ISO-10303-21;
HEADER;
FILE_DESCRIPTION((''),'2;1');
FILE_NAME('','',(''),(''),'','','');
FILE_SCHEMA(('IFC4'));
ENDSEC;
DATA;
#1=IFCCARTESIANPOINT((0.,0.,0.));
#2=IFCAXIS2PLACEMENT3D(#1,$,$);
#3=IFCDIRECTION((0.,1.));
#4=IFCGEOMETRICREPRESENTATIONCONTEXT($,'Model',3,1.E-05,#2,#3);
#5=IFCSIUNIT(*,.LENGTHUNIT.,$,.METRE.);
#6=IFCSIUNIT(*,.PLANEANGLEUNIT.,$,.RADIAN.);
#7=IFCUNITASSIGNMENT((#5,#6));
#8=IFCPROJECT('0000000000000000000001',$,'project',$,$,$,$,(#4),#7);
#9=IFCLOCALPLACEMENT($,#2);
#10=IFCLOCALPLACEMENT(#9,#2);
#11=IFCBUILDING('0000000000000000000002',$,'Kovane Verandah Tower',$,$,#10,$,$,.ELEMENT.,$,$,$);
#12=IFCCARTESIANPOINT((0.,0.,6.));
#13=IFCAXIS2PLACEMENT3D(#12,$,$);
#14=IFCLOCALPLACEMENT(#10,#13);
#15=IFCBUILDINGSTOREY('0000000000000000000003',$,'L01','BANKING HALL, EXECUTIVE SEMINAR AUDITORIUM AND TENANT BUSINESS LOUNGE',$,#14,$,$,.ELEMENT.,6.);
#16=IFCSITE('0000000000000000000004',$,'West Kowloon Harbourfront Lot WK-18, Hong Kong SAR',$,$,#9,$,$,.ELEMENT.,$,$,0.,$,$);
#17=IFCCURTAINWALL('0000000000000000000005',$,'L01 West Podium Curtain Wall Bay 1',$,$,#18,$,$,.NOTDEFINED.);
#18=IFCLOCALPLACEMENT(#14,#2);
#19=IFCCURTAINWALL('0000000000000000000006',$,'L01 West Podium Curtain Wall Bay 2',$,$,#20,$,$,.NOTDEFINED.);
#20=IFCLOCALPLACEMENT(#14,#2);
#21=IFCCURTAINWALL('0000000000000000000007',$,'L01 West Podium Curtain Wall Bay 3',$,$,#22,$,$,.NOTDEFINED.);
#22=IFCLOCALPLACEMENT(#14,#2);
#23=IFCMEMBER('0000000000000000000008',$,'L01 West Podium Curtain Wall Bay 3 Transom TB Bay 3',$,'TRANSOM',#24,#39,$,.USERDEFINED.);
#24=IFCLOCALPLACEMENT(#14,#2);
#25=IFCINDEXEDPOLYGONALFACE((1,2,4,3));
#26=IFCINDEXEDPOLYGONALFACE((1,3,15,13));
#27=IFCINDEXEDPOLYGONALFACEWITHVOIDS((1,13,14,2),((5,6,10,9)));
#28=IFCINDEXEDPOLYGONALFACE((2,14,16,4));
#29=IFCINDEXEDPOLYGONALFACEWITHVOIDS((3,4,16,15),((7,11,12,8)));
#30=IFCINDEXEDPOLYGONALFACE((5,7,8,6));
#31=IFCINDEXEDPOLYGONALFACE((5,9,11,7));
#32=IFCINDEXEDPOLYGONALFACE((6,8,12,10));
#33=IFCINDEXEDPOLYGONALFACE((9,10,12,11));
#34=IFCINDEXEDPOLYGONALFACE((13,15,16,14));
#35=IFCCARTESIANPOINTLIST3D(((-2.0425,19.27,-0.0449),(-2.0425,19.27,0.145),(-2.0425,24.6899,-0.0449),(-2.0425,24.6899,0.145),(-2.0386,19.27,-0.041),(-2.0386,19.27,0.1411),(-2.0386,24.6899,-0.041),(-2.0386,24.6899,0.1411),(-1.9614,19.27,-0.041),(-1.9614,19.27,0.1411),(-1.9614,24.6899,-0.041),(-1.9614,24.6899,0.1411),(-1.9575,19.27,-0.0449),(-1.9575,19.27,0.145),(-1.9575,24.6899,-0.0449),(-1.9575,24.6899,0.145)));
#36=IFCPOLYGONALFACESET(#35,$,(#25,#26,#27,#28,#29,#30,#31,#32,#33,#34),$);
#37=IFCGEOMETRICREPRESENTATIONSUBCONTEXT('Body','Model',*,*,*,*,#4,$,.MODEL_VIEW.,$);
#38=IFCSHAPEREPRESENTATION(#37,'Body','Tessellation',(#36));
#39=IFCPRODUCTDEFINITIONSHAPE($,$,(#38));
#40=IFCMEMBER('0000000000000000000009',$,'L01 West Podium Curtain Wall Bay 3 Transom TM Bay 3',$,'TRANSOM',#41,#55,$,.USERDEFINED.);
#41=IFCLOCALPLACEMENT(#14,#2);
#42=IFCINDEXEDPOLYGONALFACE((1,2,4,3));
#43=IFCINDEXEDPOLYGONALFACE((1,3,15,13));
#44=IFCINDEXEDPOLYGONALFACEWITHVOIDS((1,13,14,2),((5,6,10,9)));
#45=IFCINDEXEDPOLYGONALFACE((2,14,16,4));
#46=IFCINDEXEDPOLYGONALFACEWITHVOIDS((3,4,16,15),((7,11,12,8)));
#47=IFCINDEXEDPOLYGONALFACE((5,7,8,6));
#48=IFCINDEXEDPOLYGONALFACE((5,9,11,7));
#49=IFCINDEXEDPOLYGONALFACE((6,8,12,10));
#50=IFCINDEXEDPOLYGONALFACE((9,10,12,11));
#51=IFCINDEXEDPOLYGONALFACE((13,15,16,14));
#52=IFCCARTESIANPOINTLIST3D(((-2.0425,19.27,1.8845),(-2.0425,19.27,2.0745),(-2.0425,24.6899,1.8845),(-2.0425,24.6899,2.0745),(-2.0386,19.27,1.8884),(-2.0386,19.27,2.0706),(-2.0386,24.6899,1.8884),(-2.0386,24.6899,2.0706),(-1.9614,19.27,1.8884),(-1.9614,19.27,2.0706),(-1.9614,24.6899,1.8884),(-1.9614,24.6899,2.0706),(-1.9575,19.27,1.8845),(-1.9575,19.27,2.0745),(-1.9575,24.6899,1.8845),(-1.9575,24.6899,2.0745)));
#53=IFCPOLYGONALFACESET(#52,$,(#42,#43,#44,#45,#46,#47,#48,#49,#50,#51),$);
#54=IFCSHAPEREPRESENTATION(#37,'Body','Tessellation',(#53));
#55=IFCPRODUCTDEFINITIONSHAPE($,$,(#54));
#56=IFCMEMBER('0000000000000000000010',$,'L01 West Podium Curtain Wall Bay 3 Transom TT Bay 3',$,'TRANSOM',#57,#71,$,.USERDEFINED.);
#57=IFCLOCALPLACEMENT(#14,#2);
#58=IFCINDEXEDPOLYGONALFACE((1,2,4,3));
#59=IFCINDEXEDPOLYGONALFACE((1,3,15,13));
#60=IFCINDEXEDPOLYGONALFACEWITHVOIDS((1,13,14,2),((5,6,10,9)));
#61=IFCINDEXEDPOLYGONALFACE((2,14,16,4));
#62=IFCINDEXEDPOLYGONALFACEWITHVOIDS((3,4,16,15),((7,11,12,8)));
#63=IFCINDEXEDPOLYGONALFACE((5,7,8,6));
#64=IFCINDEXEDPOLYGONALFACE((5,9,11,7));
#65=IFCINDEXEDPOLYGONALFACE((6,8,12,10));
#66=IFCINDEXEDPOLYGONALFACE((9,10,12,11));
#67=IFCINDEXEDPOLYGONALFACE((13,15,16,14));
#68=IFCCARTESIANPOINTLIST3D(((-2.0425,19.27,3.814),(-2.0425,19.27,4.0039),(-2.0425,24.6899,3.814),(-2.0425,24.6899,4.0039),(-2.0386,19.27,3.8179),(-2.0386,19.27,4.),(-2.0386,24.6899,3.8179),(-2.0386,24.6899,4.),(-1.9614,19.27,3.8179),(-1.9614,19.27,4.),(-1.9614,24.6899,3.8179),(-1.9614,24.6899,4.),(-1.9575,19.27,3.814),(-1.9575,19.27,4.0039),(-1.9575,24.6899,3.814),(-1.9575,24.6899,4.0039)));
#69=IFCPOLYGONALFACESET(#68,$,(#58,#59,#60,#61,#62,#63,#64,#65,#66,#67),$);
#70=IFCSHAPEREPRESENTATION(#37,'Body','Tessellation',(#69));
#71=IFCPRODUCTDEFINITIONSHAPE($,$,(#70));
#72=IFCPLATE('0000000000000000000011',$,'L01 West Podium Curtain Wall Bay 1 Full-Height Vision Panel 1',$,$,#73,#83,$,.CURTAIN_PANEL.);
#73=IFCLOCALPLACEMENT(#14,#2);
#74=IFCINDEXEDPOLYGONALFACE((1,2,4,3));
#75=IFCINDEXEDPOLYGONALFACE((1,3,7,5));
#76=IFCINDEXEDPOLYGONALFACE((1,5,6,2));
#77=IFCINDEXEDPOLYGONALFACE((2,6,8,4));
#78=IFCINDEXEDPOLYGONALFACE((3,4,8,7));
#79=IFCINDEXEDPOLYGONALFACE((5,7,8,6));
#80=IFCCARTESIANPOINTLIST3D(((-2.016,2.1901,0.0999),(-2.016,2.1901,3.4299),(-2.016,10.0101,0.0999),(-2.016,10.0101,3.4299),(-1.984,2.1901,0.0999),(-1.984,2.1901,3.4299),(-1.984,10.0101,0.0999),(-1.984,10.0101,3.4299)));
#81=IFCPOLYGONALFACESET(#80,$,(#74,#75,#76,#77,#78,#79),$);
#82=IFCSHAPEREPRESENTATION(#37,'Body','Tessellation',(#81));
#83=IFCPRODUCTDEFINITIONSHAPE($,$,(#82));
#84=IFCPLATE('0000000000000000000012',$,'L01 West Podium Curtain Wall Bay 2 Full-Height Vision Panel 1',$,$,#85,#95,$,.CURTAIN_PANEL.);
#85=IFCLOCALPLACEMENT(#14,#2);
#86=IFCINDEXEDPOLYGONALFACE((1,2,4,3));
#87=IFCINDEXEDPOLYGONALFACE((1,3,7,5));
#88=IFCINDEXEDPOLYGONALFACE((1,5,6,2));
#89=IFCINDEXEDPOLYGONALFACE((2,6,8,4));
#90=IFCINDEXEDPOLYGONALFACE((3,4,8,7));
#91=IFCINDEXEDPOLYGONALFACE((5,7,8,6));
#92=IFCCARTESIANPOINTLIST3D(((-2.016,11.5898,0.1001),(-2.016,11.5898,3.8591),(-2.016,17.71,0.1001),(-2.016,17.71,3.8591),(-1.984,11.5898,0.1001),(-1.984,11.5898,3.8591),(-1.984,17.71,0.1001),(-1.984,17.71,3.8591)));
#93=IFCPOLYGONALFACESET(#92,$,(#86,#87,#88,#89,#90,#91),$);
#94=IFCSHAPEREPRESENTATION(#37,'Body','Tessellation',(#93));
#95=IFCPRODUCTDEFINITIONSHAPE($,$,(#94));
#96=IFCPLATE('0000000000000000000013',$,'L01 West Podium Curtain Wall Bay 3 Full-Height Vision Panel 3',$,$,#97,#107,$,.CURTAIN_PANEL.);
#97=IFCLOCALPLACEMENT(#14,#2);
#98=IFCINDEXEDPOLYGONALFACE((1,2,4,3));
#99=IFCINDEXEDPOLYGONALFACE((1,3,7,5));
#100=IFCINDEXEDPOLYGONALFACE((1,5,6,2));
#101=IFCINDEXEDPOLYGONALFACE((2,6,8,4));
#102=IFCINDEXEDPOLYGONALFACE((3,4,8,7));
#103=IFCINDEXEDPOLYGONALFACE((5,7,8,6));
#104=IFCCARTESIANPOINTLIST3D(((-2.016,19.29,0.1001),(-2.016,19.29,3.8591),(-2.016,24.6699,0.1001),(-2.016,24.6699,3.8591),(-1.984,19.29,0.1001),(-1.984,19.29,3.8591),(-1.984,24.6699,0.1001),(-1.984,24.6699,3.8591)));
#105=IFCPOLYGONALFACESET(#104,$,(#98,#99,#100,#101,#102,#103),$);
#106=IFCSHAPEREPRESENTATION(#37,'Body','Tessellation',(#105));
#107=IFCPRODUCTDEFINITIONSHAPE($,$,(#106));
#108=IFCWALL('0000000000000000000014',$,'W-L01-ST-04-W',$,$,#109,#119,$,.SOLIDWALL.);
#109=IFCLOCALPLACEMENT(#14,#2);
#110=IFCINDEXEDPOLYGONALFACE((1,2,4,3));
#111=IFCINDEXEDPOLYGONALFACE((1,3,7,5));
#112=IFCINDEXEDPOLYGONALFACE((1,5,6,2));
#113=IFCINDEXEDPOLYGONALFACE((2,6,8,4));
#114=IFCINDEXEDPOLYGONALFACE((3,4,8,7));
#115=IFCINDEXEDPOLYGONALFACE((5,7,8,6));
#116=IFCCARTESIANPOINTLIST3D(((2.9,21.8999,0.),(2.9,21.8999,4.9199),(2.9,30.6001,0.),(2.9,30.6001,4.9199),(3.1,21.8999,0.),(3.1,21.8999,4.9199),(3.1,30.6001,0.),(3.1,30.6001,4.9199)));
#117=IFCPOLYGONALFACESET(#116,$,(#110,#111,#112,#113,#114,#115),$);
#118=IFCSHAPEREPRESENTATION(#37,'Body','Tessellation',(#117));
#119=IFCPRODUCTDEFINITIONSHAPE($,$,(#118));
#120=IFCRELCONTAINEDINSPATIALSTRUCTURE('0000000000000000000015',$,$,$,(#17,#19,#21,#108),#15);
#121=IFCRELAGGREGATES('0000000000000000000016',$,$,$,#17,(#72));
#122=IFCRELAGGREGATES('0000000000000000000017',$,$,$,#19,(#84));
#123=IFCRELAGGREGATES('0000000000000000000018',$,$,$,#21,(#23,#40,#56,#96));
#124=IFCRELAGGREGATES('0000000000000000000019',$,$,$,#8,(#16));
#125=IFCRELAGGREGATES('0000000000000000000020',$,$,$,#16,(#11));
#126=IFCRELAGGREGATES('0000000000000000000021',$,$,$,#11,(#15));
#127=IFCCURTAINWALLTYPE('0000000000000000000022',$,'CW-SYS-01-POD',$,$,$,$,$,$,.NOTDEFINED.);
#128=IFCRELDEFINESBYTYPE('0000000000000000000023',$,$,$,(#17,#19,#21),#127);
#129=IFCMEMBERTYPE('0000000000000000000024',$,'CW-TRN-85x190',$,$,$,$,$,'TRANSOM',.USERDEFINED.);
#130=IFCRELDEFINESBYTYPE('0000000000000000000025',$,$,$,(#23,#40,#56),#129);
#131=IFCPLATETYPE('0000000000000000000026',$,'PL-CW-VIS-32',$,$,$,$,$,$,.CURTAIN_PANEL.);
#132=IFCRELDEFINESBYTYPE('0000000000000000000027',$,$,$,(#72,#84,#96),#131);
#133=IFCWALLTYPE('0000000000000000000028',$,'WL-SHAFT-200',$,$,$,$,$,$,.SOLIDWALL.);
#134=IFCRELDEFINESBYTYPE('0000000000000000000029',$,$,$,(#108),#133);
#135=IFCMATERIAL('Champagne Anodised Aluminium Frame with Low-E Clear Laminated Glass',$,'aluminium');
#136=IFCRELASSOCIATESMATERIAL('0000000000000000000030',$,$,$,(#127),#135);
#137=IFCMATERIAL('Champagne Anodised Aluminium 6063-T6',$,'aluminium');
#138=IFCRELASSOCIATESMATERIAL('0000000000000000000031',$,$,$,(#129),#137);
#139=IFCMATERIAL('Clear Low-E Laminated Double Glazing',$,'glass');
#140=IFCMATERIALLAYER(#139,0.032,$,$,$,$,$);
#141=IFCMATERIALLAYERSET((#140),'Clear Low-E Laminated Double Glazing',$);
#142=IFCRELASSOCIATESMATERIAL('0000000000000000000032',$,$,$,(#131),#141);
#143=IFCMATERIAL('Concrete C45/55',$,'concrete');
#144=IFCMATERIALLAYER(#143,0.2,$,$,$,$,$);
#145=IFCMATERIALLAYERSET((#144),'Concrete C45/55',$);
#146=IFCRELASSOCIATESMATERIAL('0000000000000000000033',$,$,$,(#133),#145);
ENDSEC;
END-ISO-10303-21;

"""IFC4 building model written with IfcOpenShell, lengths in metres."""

from ifc_helpers import new_model, si_unit, direction, frame, frame_2d, origin, origin_2d, place, context, subcontext, project, spatial, rectangle, hollow_rectangle, extrude, material, layer, layer_set, material_profile, profile_set, type_object, element, aggregate, save


model = new_model("IFC4")

# Units and contexts
model_context = context("Model", 3, precision=1e-05, world=origin(), true_north=direction((0.0, 1.0)))
body_context = subcontext(model_context, "Body", "Model", "MODEL_VIEW")
ifc_project = project(units=[si_unit("LENGTHUNIT", "METRE"), si_unit("PLANEANGLEUNIT", "RADIAN")], contexts=[model_context])

# Site, building, storey
site_placement = place(None, origin())
site = spatial("IfcSite", under=ifc_project, at=site_placement, Name="West Kowloon Harbourfront Lot WK-18, Hong Kong SAR", CompositionType="ELEMENT", RefElevation=0.0)
building_placement = place(site_placement, origin())
building = spatial("IfcBuilding", under=site, at=building_placement, Name="Kovane Verandah Tower", CompositionType="ELEMENT")
storey_placement = place(building_placement, frame((0.0, 0.0, 6.0)))
storey = spatial("IfcBuildingStorey", under=building, at=storey_placement, Name="L01", Description="BANKING HALL, EXECUTIVE SEMINAR AUDITORIUM AND TENANT BUSINESS LOUNGE", CompositionType="ELEMENT", Elevation=6.0)

# Curtain wall
ifc_material_1 = material(Name="Champagne Anodised Aluminium Frame with Low-E Clear Laminated Glass", Category="aluminium")
curtain_wall_type = type_object("IfcCurtainWallType", Name="CW-SYS-01-POD", PredefinedType="NOTDEFINED", material=ifc_material_1)
curtain_wall_1_placement = place(storey_placement, origin())
curtain_wall_1 = element("IfcCurtainWall", 1, at=curtain_wall_1_placement, inside=storey, type_object=curtain_wall_type, Name="L01 West Podium Curtain Wall Bay 1", PredefinedType="NOTDEFINED")
ifc_material_2 = material(Name="Champagne Anodised Aluminium 6063-T6", Category="aluminium")

# Curtain walls
curtain_wall_2_placement = place(storey_placement, origin())
curtain_wall_2 = element("IfcCurtainWall", 2, at=curtain_wall_2_placement, inside=storey, type_object=curtain_wall_type, Name="L01 West Podium Curtain Wall Bay 2", PredefinedType="NOTDEFINED")
curtain_wall_3_placement = place(storey_placement, origin())
curtain_wall_3 = element("IfcCurtainWall", 3, at=curtain_wall_3_placement, inside=storey, type_object=curtain_wall_type, Name="L01 West Podium Curtain Wall Bay 3", PredefinedType="NOTDEFINED")

# Members
ifc_material_profile_1 = material_profile(ifc_material_2, hollow_rectangle(XDim=0.085, YDim=0.1899, WallThickness=0.0039, at=origin_2d()), Name="AL85x190x4")
ifc_profile_set_1 = profile_set([ifc_material_profile_1], Name="Champagne Anodised Aluminium 6063-T6")
member_type_1 = type_object("IfcMemberType", Name="CW-TRN-85x190", ElementType="TRANSOM", PredefinedType="USERDEFINED", material=ifc_profile_set_1)
member_1_placement = place(storey_placement, frame((-2.0, 24.6899, 0.05), z_axis=(0.0, -1.0, 0.0), x_axis=(1.0, 0.0, 0.0)))
member_1 = element("IfcMember", 4, at=member_1_placement, type_object=member_type_1, Name="L01 West Podium Curtain Wall Bay 3 Transom TB Bay 3", ObjectType="TRANSOM", PredefinedType="USERDEFINED", context=body_context, shape_type="SweptSolid", body=[
    extrude(hollow_rectangle(XDim=0.085, YDim=0.1899, WallThickness=0.0039, at=origin_2d()), origin(), (0.0, 0.0, 1.0), 5.4199),
])
member_2_placement = place(storey_placement, frame((-2.0, 24.6899, 1.9795), z_axis=(0.0, -1.0, 0.0), x_axis=(1.0, 0.0, 0.0)))
member_2 = element("IfcMember", 5, at=member_2_placement, type_object=member_type_1, Name="L01 West Podium Curtain Wall Bay 3 Transom TM Bay 3", ObjectType="TRANSOM", PredefinedType="USERDEFINED", context=body_context, shape_type="SweptSolid", body=[
    extrude(hollow_rectangle(XDim=0.085, YDim=0.1899, WallThickness=0.0039, at=origin_2d()), origin(), (0.0, 0.0, 1.0), 5.4199),
])
member_3_placement = place(storey_placement, frame((-2.0, 24.6899, 3.9089), z_axis=(0.0, -1.0, 0.0), x_axis=(1.0, 0.0, 0.0)))
member_3 = element("IfcMember", 6, at=member_3_placement, type_object=member_type_1, Name="L01 West Podium Curtain Wall Bay 3 Transom TT Bay 3", ObjectType="TRANSOM", PredefinedType="USERDEFINED", context=body_context, shape_type="SweptSolid", body=[
    extrude(hollow_rectangle(XDim=0.085, YDim=0.1899, WallThickness=0.0039, at=origin_2d()), origin(), (0.0, 0.0, 1.0), 5.4199),
])

# Plates
ifc_material_3 = material(Name="Clear Low-E Laminated Double Glazing", Category="glass")
ifc_layer_1 = layer(ifc_material_3, 0.032)
ifc_layer_set_1 = layer_set([ifc_layer_1], Name="Clear Low-E Laminated Double Glazing")
plate_type = type_object("IfcPlateType", Name="PL-CW-VIS-32", PredefinedType="CURTAIN_PANEL", material=ifc_layer_set_1)
plate_1_placement = place(storey_placement, frame((-2.0, 6.1001, 0.0999), z_axis=(0.0, 0.0, 1.0), x_axis=(0.0, -1.0, 0.0)))
plate_1 = element("IfcPlate", 7, at=plate_1_placement, type_object=plate_type, Name="L01 West Podium Curtain Wall Bay 1 Full-Height Vision Panel 1", PredefinedType="CURTAIN_PANEL", context=body_context, shape_type="SweptSolid", body=[
    extrude(rectangle(XDim=7.8201, YDim=0.032, at=origin_2d()), origin(), (0.0, 0.0, 1.0), 3.3301),
])
aggregate(curtain_wall_1, [plate_1])
plate_2_placement = place(storey_placement, frame((-2.0, 14.6499, 0.1001), z_axis=(0.0, 0.0, 1.0), x_axis=(0.0, -1.0, 0.0)))
plate_2 = element("IfcPlate", 8, at=plate_2_placement, type_object=plate_type, Name="L01 West Podium Curtain Wall Bay 2 Full-Height Vision Panel 1", PredefinedType="CURTAIN_PANEL", context=body_context, shape_type="SweptSolid", body=[
    extrude(rectangle(XDim=6.1201, YDim=0.032, at=origin_2d()), origin(), (0.0, 0.0, 1.0), 3.759),
])
aggregate(curtain_wall_2, [plate_2])
plate_3_placement = place(storey_placement, frame((-2.0, 21.98, 0.1001), z_axis=(0.0, 0.0, 1.0), x_axis=(0.0, -1.0, 0.0)))
plate_3 = element("IfcPlate", 9, at=plate_3_placement, type_object=plate_type, Name="L01 West Podium Curtain Wall Bay 3 Full-Height Vision Panel 3", PredefinedType="CURTAIN_PANEL", context=body_context, shape_type="SweptSolid", body=[
    extrude(rectangle(XDim=5.3799, YDim=0.032, at=origin_2d()), origin(), (0.0, 0.0, 1.0), 3.759),
])
aggregate(curtain_wall_3, [member_1, member_2, member_3, plate_3])

# Wall
ifc_material_4 = material(Name="Concrete C45/55", Category="concrete")
ifc_layer_2 = layer(ifc_material_4, 0.2)
ifc_layer_set_2 = layer_set([ifc_layer_2], Name="Concrete C45/55")
wall_type = type_object("IfcWallType", Name="WL-SHAFT-200", PredefinedType="SOLIDWALL", material=ifc_layer_set_2)
wall_1_placement = place(storey_placement, frame((3.0, 21.8999, 0.0), z_axis=(0.0, 0.0, 1.0), x_axis=(0.0, 1.0, 0.0)))
element("IfcWall", 10, at=wall_1_placement, inside=storey, type_object=wall_type, Name="W-L01-ST-04-W", PredefinedType="SOLIDWALL", context=body_context, shape_type="SweptSolid", body=[
    extrude(rectangle(XDim=8.7002, YDim=0.2, at=frame_2d((4.3501, 0.0))), origin(), (0.0, 0.0, 1.0), 4.9199),
])

save(model, "model.ifc")
